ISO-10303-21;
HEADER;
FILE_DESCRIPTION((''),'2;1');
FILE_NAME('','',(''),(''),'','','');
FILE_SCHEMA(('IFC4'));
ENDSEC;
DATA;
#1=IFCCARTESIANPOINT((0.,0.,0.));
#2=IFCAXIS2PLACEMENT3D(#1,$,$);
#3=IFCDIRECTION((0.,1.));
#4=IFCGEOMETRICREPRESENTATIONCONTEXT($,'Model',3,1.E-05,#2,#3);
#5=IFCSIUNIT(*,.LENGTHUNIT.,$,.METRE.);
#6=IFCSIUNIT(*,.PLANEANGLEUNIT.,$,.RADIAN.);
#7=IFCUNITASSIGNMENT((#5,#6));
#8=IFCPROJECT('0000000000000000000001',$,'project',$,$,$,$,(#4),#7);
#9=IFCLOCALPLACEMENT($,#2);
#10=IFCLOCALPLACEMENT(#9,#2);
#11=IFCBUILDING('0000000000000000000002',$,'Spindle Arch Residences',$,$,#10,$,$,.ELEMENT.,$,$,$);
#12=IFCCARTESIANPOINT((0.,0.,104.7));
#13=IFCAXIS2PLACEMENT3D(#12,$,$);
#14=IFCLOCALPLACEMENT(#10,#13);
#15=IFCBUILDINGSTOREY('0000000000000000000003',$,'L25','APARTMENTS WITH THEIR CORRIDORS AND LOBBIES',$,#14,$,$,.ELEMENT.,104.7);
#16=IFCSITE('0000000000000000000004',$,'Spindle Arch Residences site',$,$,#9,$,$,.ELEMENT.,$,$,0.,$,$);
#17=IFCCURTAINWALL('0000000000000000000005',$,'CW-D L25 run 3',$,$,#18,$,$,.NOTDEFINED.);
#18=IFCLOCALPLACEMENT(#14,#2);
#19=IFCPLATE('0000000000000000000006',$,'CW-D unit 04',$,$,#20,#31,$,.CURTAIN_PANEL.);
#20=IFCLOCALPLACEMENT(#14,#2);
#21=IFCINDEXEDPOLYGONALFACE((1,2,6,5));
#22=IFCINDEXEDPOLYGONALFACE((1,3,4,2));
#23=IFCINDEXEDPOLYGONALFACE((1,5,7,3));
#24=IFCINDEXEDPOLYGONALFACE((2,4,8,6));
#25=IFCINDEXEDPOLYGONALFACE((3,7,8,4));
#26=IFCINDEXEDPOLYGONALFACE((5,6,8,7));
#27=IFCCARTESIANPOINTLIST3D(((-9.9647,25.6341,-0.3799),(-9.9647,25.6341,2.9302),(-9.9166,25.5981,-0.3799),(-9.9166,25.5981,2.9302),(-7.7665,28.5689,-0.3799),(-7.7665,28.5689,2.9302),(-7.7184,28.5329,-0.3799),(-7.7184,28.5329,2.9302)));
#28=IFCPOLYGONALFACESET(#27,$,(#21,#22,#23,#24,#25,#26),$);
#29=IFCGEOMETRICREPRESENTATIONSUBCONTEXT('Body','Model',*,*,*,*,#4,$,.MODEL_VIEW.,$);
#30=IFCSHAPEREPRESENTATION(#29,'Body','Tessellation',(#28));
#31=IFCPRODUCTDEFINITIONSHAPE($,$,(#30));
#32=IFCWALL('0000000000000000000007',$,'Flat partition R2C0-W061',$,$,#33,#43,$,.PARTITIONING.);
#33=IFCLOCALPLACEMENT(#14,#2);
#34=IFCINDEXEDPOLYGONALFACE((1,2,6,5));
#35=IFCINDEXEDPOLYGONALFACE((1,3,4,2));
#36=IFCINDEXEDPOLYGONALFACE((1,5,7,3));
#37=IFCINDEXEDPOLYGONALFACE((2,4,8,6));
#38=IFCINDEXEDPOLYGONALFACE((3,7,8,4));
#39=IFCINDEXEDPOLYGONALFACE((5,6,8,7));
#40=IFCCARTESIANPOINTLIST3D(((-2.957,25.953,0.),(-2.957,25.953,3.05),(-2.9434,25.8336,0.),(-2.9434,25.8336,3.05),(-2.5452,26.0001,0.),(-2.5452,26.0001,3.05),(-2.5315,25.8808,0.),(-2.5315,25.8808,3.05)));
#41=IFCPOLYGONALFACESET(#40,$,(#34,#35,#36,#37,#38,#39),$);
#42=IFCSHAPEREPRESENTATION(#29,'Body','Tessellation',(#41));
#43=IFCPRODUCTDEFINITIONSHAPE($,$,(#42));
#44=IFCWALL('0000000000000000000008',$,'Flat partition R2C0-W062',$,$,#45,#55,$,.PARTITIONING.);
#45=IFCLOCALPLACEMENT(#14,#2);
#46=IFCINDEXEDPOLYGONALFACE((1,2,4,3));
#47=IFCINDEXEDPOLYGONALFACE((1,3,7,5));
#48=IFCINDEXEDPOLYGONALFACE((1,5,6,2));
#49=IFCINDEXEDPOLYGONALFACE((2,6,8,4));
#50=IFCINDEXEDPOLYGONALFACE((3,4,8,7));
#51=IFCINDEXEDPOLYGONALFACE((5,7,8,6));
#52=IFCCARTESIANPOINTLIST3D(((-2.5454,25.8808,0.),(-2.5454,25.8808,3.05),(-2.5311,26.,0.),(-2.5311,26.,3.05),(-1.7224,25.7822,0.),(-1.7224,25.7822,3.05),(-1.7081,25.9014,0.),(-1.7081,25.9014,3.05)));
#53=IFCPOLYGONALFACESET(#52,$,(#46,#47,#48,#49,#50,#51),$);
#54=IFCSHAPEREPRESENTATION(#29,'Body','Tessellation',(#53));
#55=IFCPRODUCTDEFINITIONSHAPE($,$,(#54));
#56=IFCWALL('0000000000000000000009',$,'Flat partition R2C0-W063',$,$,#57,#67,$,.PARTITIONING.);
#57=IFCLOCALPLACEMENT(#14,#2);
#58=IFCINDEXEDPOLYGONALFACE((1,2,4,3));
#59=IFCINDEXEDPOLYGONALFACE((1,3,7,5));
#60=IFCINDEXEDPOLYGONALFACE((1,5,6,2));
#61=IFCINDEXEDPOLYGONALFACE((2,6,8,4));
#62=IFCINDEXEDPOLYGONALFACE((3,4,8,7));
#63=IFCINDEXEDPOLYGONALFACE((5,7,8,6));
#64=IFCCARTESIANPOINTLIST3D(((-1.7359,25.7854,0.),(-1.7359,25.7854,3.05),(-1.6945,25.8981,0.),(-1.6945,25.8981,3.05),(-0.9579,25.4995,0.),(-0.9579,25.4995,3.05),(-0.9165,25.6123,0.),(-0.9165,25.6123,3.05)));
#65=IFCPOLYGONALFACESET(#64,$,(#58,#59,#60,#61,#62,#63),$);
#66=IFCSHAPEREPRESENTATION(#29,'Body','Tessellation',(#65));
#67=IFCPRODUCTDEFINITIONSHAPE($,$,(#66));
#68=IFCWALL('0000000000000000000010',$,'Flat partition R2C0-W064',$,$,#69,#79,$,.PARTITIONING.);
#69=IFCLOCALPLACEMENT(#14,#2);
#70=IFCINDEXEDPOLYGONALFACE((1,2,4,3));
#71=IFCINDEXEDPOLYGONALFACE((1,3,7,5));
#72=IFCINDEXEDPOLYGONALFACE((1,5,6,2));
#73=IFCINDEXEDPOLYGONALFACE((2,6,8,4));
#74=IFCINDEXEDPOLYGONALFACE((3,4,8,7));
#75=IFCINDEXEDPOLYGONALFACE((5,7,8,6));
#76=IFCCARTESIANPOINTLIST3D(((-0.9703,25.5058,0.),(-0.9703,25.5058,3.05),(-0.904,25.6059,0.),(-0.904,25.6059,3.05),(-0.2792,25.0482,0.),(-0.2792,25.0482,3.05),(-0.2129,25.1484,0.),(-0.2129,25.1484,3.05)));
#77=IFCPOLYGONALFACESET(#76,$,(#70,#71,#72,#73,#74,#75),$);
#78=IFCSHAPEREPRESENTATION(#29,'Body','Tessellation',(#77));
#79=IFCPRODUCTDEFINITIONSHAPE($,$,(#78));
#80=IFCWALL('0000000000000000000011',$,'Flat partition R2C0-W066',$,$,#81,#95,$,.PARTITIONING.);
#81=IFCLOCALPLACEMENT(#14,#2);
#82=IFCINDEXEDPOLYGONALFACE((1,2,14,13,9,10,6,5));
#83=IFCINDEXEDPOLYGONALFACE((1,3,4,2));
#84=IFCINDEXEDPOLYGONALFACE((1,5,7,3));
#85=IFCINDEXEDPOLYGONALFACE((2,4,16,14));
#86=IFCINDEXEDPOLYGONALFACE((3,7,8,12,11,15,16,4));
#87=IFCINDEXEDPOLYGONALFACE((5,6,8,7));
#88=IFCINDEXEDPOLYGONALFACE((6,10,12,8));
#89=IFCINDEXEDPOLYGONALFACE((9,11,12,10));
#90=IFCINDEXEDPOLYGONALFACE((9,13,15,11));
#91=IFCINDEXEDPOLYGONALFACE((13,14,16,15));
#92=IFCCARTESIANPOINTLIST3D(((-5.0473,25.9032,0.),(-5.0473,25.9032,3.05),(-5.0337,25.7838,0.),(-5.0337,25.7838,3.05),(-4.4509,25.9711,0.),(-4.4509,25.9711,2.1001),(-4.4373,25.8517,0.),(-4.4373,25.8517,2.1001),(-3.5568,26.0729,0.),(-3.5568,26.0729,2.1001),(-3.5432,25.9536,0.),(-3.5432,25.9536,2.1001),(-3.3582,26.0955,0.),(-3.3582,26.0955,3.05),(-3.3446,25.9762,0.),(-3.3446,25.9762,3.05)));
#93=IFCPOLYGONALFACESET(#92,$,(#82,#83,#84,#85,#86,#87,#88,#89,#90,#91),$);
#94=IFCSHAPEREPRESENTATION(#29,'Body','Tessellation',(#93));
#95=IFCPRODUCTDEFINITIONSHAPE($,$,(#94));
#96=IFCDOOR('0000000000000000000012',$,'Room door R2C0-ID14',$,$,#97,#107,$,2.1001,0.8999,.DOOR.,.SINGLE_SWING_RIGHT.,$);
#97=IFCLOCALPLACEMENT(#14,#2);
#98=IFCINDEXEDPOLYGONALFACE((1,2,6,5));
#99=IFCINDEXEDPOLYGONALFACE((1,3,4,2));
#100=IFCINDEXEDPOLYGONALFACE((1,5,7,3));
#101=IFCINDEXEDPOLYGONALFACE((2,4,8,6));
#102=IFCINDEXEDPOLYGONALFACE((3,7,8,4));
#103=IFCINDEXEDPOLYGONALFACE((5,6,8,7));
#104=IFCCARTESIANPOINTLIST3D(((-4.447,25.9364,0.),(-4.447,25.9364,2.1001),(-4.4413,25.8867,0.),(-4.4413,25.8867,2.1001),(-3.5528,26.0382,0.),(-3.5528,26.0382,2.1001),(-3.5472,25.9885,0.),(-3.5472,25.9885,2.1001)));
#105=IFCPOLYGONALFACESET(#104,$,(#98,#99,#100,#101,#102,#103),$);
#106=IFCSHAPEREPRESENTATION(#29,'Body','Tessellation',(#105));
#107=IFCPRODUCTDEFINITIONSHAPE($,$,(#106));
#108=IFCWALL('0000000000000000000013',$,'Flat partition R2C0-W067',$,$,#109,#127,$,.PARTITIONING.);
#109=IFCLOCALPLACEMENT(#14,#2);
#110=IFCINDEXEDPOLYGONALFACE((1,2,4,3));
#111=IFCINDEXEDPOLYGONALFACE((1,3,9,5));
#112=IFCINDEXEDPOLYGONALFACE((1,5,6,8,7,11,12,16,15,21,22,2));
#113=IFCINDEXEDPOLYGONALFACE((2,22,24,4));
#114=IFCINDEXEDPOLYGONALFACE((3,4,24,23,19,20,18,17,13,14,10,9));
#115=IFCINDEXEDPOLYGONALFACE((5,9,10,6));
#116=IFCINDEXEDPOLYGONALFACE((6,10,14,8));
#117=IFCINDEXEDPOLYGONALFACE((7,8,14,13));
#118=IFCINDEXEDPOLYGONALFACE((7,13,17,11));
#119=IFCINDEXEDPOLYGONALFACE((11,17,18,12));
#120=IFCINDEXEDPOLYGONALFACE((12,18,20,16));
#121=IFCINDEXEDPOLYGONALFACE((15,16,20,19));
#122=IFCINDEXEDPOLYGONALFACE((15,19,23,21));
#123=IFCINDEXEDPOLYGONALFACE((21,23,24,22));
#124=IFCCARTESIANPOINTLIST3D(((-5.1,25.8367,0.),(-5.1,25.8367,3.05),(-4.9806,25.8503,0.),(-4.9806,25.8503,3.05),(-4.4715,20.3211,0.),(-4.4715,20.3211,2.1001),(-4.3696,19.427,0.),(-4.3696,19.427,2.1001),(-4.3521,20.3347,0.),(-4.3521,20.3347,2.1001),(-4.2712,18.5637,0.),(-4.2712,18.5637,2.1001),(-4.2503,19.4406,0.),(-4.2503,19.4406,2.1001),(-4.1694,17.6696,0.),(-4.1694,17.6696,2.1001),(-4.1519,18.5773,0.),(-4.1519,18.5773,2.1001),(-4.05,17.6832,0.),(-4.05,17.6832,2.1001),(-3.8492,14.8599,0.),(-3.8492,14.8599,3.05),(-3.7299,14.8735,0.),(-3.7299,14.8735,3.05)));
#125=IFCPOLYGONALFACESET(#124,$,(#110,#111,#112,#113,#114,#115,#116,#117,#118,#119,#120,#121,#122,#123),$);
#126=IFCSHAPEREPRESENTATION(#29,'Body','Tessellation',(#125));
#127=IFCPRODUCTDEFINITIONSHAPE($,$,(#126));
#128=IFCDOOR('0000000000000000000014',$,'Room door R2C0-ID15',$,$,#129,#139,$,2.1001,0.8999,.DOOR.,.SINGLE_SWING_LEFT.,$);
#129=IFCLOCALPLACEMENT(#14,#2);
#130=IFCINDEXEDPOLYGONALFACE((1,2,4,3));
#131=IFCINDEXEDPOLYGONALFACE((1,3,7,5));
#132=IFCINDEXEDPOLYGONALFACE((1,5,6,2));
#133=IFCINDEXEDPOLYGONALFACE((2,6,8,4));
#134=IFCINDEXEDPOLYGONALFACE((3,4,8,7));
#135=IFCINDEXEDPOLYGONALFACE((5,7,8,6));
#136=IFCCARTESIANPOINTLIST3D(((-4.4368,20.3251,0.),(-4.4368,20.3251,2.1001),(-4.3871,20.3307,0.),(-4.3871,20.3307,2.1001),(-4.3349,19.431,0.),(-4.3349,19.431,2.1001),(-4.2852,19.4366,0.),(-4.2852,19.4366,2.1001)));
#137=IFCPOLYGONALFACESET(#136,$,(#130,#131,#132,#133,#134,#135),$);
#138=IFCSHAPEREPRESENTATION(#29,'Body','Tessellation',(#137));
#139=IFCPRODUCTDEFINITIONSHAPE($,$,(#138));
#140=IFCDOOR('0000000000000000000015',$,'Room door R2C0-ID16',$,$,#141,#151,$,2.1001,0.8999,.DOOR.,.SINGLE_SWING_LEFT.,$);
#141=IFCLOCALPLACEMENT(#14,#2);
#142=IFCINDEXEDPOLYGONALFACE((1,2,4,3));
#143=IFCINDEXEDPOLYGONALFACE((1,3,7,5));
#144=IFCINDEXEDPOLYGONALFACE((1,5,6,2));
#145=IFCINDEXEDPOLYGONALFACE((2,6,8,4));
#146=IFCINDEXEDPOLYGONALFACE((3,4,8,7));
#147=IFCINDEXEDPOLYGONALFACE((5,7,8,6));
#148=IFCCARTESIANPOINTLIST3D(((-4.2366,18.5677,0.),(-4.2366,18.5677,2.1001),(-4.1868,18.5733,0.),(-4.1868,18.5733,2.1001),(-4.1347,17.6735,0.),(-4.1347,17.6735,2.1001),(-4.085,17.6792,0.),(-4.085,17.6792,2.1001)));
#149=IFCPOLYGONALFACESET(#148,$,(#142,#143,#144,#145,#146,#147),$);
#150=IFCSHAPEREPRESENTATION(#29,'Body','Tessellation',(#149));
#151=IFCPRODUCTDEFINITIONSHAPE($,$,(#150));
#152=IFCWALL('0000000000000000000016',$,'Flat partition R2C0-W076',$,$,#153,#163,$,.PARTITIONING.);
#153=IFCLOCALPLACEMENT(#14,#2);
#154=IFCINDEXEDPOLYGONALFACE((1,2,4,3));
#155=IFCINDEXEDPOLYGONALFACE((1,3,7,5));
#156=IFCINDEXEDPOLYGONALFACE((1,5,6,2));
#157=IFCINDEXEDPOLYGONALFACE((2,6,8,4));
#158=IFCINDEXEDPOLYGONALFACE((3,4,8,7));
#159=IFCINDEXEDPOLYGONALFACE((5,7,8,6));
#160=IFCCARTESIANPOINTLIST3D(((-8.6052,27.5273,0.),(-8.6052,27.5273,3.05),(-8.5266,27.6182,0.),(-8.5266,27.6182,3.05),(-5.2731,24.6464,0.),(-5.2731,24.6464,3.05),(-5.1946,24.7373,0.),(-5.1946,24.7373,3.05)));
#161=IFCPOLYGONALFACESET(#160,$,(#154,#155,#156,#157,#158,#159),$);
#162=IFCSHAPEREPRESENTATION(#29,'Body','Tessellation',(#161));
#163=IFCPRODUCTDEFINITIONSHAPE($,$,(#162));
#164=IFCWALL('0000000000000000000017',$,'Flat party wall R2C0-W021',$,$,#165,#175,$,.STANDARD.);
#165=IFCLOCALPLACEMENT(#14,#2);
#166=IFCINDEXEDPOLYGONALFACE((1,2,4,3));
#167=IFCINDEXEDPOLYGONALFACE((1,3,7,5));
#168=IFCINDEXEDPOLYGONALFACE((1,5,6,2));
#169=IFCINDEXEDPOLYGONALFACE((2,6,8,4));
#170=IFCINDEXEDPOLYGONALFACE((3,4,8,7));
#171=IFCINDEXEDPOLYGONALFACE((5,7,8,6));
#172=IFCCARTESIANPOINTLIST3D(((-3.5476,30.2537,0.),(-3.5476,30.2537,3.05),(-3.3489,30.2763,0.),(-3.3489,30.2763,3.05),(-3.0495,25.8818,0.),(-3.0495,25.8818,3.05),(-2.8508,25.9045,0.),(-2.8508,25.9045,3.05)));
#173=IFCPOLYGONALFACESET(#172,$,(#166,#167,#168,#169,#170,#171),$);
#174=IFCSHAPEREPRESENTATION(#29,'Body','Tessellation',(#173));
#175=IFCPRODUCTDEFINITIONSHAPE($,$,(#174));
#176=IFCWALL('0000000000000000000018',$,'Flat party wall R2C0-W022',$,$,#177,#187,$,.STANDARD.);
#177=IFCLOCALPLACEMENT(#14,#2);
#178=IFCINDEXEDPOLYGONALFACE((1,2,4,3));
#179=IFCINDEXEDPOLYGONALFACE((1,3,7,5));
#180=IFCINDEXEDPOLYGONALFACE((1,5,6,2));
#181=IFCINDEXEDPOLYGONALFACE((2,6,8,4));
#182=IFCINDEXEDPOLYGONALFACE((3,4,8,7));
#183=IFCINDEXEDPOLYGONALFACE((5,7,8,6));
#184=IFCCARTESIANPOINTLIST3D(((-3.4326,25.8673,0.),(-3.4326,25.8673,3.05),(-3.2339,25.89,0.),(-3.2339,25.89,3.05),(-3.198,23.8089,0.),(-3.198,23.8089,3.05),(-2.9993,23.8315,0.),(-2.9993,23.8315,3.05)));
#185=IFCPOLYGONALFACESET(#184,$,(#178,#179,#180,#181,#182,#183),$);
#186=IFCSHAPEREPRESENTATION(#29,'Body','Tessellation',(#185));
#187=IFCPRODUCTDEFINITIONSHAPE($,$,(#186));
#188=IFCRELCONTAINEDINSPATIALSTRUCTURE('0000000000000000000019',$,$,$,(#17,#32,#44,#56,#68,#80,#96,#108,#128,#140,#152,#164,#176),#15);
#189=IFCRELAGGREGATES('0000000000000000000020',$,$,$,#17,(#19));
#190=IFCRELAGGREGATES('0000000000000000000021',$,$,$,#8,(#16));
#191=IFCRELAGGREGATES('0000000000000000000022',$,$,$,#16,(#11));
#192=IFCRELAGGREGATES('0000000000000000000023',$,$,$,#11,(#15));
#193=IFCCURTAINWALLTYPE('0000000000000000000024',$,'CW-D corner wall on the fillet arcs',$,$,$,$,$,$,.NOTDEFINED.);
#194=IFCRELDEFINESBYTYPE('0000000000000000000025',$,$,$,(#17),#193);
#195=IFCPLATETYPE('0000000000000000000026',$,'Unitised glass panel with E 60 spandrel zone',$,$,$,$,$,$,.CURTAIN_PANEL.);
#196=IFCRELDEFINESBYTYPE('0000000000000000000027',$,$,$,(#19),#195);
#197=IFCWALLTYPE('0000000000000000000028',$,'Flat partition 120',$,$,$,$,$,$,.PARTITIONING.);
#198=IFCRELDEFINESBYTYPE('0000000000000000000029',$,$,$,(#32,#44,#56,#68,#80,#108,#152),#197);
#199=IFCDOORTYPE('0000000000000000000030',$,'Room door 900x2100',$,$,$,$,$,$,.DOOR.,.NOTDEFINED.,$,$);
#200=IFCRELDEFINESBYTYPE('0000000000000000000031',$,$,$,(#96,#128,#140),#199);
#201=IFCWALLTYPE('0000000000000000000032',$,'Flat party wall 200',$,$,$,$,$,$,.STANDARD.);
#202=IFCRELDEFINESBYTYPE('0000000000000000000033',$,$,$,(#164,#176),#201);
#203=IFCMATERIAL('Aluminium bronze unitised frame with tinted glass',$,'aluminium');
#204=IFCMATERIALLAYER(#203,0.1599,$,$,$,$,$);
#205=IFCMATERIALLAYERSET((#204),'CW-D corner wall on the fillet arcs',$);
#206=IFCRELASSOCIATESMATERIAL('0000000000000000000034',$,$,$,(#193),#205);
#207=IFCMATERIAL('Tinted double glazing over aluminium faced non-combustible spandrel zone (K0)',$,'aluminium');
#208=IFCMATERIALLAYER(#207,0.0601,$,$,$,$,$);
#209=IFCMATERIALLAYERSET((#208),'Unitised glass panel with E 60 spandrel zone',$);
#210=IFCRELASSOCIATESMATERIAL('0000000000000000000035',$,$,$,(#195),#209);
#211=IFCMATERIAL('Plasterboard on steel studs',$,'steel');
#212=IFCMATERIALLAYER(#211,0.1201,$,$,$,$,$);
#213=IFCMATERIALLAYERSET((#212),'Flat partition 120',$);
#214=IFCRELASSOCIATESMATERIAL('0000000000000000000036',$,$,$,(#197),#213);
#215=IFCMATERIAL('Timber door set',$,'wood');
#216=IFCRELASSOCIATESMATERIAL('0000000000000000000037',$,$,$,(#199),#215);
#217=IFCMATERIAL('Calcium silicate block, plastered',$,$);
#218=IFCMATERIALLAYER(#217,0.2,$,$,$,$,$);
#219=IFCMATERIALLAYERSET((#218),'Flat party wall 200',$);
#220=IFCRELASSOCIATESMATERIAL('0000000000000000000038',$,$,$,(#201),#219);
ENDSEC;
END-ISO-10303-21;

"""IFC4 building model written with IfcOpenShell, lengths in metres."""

from ifc_helpers import new_model, si_unit, direction, frame, frame_2d, origin, origin_2d, place, context, subcontext, project, spatial, rectangle, extrude, material, layer, layer_set, type_object, element, fill, aggregate, save


model = new_model("IFC4")

# Units and contexts
model_context = context("Model", 3, precision=1e-05, world=origin(), true_north=direction((0.0, 1.0)))
body_context = subcontext(model_context, "Body", "Model", "MODEL_VIEW")
ifc_project = project(units=[si_unit("LENGTHUNIT", "METRE"), si_unit("PLANEANGLEUNIT", "RADIAN")], contexts=[model_context])

# Site, building, storey
site_placement = place(None, origin())
site = spatial("IfcSite", under=ifc_project, at=site_placement, Name="Spindle Arch Residences site", CompositionType="ELEMENT", RefElevation=0.0)
building_placement = place(site_placement, origin())
building = spatial("IfcBuilding", under=site, at=building_placement, Name="Spindle Arch Residences", CompositionType="ELEMENT")
storey_placement = place(building_placement, frame((0.0, 0.0, 104.7)))
storey = spatial("IfcBuildingStorey", under=building, at=storey_placement, Name="L25", Description="APARTMENTS WITH THEIR CORRIDORS AND LOBBIES", CompositionType="ELEMENT", Elevation=104.7)

# Curtain wall
ifc_material_1 = material(Name="Aluminium bronze unitised frame with tinted glass", Category="aluminium")
ifc_layer_1 = layer(ifc_material_1, 0.1599)
ifc_layer_set_1 = layer_set([ifc_layer_1], Name="CW-D corner wall on the fillet arcs")
curtain_wall_type = type_object("IfcCurtainWallType", Name="CW-D corner wall on the fillet arcs", PredefinedType="NOTDEFINED", material=ifc_layer_set_1)
curtain_wall_placement = place(storey_placement, origin())
curtain_wall = element("IfcCurtainWall", 1, at=curtain_wall_placement, inside=storey, type_object=curtain_wall_type, Name="CW-D L25 run 3", PredefinedType="NOTDEFINED")

# Plate
ifc_material_2 = material(Name="Tinted double glazing over aluminium faced non-combustible spandrel zone (K0)", Category="aluminium")
ifc_layer_2 = layer(ifc_material_2, 0.0601)
ifc_layer_set_2 = layer_set([ifc_layer_2], Name="Unitised glass panel with E 60 spandrel zone")
plate_type = type_object("IfcPlateType", Name="Unitised glass panel with E 60 spandrel zone", PredefinedType="CURTAIN_PANEL", material=ifc_layer_set_2)
plate_1_placement = place(storey_placement, frame((-8.8416, 27.0835, -0.3799), z_axis=(0.0, 0.0, 1.0), x_axis=(-0.599489, -0.800383, 0.0)))
plate_1 = element("IfcPlate", 2, at=plate_1_placement, type_object=plate_type, Name="CW-D unit 04", PredefinedType="CURTAIN_PANEL", context=body_context, shape_type="SweptSolid", body=[
    extrude(rectangle(XDim=3.6667, YDim=0.0601, at=origin_2d()), origin(), (0.0, 0.0, 1.0), 3.3101),
])
aggregate(curtain_wall, [plate_1])

# Walls
ifc_material_3 = material(Name="Plasterboard on steel studs", Category="steel")
ifc_layer_3 = layer(ifc_material_3, 0.1201)
ifc_layer_set_3 = layer_set([ifc_layer_3], Name="Flat partition 120")
wall_type_1 = type_object("IfcWallType", Name="Flat partition 120", PredefinedType="PARTITIONING", material=ifc_layer_set_3)
wall_1_placement = place(storey_placement, frame((-2.9502, 25.8933, 0.0), z_axis=(0.0, 0.0, 1.0), x_axis=(0.993519, 0.113663, 0.0)))
element("IfcWall", 3, at=wall_1_placement, inside=storey, type_object=wall_type_1, Name="Flat partition R2C0-W061", PredefinedType="PARTITIONING", context=body_context, shape_type="SweptSolid", body=[
    extrude(rectangle(XDim=0.4146, YDim=0.1201, at=frame_2d((0.2073, 0.0))), origin(), (0.0, 0.0, 1.0), 3.05),
])
for number, where, z_axis, x_axis, name in (
    (4, (-2.5383, 25.9404, 0.0), (0.0, 0.0, 1.0), (0.992895, -0.118994, 0.0), "Flat partition R2C0-W062"),
    (5, (-1.7153, 25.8418, 0.0), (0.0, 0.0, 1.0), (0.938644, -0.344886, 0.0), "Flat partition R2C0-W063"),
    (6, (-0.9373, 25.5559, 0.0), (0.0, 0.0, 1.0), (0.833858, -0.551978, 0.0), "Flat partition R2C0-W064"),
):
    element("IfcWall", number, at=place(storey_placement, frame(where, z_axis=z_axis, x_axis=x_axis)), inside=storey, type_object=wall_type_1, Name=name, PredefinedType="PARTITIONING", context=body_context, shape_type="SweptSolid", body=[
        extrude(rectangle(XDim=0.8289, YDim=0.1201, at=frame_2d((0.4146, 0.0))), origin(), (0.0, 0.0, 1.0), 3.05),
    ])

# Wall, opening, door
wall_2_placement = place(storey_placement, frame((-3.3513, 26.0359, 0.0), z_axis=(0.0, 0.0, 1.0), x_axis=(-0.993575, -0.113174, 0.0)))
wall_2 = element("IfcWall", 7, at=wall_2_placement, inside=storey, type_object=wall_type_1, Name="Flat partition R2C0-W066", PredefinedType="PARTITIONING", context=body_context, shape_type="SweptSolid", body=[
    extrude(rectangle(XDim=1.7, YDim=0.1201, at=frame_2d((0.8501, 0.0))), origin(), (0.0, 0.0, 1.0), 3.05),
])
opening_1_placement = place(wall_2_placement, frame((0.2, 0.0, 0.0)))
opening_1 = element("IfcOpeningElement", 8, at=opening_1_placement, cuts=wall_2, PredefinedType="OPENING", context=body_context, shape_type="SweptSolid", body=[
    extrude(rectangle(XDim=0.8999, YDim=2.1001, at=frame_2d((0.45, 1.05))), frame((0.0, 0.0701, 0.0), z_axis=(0.0, -1.0, 0.0), x_axis=(1.0, 0.0, 0.0)), (0.0, 0.0, 1.0), 0.1401),
])
ifc_material_4 = material(Name="Timber door set", Category="wood")
door_type = type_object("IfcDoorType", Name="Room door 900x2100", OperationType="NOTDEFINED", PredefinedType="DOOR", material=ifc_material_4)
door_1_placement = place(opening_1_placement, origin())
door_1 = element("IfcDoor", 9, at=door_1_placement, inside=storey, type_object=door_type, Name="Room door R2C0-ID14", OperationType="SINGLE_SWING_RIGHT", OverallHeight=2.1001, OverallWidth=0.8999, PredefinedType="DOOR", context=body_context, shape_type="SweptSolid", body=[
    extrude(rectangle(XDim=0.8999, YDim=2.1001, at=frame_2d((0.45, 1.05))), frame((0.0, 0.0249, 0.0), z_axis=(0.0, -1.0, 0.0), x_axis=(1.0, 0.0, 0.0)), (0.0, 0.0, 1.0), 0.05),
])
fill(opening_1, door_1)

# Wall, openings, doors
wall_3_placement = place(storey_placement, frame((-5.0403, 25.8435, 0.0), z_axis=(0.0, 0.0, 1.0), x_axis=(0.113211, -0.993571, 0.0)))
wall_3 = element("IfcWall", 10, at=wall_3_placement, inside=storey, type_object=wall_type_1, Name="Flat partition R2C0-W067", PredefinedType="PARTITIONING", context=body_context, shape_type="SweptSolid", body=[
    extrude(rectangle(XDim=11.0479, YDim=0.1201, at=frame_2d((5.5239, 0.0))), origin(), (0.0, 0.0, 1.0), 3.05),
])
opening_2_placement = place(wall_3_placement, frame((5.5513, 0.0, 0.0)))
opening_2 = element("IfcOpeningElement", 11, at=opening_2_placement, cuts=wall_3, PredefinedType="OPENING", context=body_context, shape_type="SweptSolid", body=[
    extrude(rectangle(XDim=0.8999, YDim=2.1001, at=frame_2d((0.45, 1.05))), frame((0.0, 0.0701, 0.0), z_axis=(0.0, -1.0, 0.0), x_axis=(1.0, 0.0, 0.0)), (0.0, 0.0, 1.0), 0.1401),
])
opening_3_placement = place(wall_3_placement, frame((7.3201, 0.0, 0.0)))
opening_3 = element("IfcOpeningElement", 12, at=opening_3_placement, cuts=wall_3, PredefinedType="OPENING", context=body_context, shape_type="SweptSolid", body=[
    extrude(rectangle(XDim=0.8999, YDim=2.1001, at=frame_2d((0.45, 1.05))), frame((0.0, 0.0701, 0.0), z_axis=(0.0, -1.0, 0.0), x_axis=(1.0, 0.0, 0.0)), (0.0, 0.0, 1.0), 0.1401),
])
door_2_placement = place(opening_2_placement, origin())
door_2 = element("IfcDoor", 13, at=door_2_placement, inside=storey, type_object=door_type, Name="Room door R2C0-ID15", OperationType="SINGLE_SWING_LEFT", OverallHeight=2.1001, OverallWidth=0.8999, PredefinedType="DOOR", context=body_context, shape_type="SweptSolid", body=[
    extrude(rectangle(XDim=0.8999, YDim=2.1001, at=frame_2d((0.45, 1.05))), frame((0.0, 0.0249, 0.0), z_axis=(0.0, -1.0, 0.0), x_axis=(1.0, 0.0, 0.0)), (0.0, 0.0, 1.0), 0.05),
])
fill(opening_2, door_2)
door_3_placement = place(opening_3_placement, origin())
door_3 = element("IfcDoor", 14, at=door_3_placement, inside=storey, type_object=door_type, Name="Room door R2C0-ID16", OperationType="SINGLE_SWING_LEFT", OverallHeight=2.1001, OverallWidth=0.8999, PredefinedType="DOOR", context=body_context, shape_type="SweptSolid", body=[
    extrude(rectangle(XDim=0.8999, YDim=2.1001, at=frame_2d((0.45, 1.05))), frame((0.0, 0.0249, 0.0), z_axis=(0.0, -1.0, 0.0), x_axis=(1.0, 0.0, 0.0)), (0.0, 0.0, 1.0), 0.05),
])
fill(opening_3, door_3)

# Walls
wall_4_placement = place(storey_placement, frame((-8.5659, 27.5728, 0.0), z_axis=(0.0, 0.0, 1.0), x_axis=(0.756464, -0.654035, 0.0)))
element("IfcWall", 15, at=wall_4_placement, inside=storey, type_object=wall_type_1, Name="Flat partition R2C0-W076", PredefinedType="PARTITIONING", context=body_context, shape_type="SweptSolid", body=[
    extrude(rectangle(XDim=4.4048, YDim=0.1201, at=frame_2d((2.2024, 0.0))), origin(), (0.0, 0.0, 1.0), 3.05),
])
ifc_material_5 = material(Name="Calcium silicate block, plastered")
ifc_layer_4 = layer(ifc_material_5, 0.2)
ifc_layer_set_4 = layer_set([ifc_layer_4], Name="Flat party wall 200")
wall_type_2 = type_object("IfcWallType", Name="Flat party wall 200", PredefinedType="STANDARD", material=ifc_layer_set_4)
wall_5_placement = place(storey_placement, frame((-3.4482, 30.2651, 0.0), z_axis=(0.0, 0.0, 1.0), x_axis=(0.11319, -0.993573, 0.0)))
element("IfcWall", 16, at=wall_5_placement, inside=storey, type_object=wall_type_2, Name="Flat party wall R2C0-W021", PredefinedType="STANDARD", context=body_context, shape_type="SweptSolid", body=[
    extrude(rectangle(XDim=4.4001, YDim=0.2, at=frame_2d((2.2002, 0.0))), origin(), (0.0, 0.0, 1.0), 3.05),
])
wall_6_placement = place(storey_placement, frame((-3.3333, 25.8787, 0.0), z_axis=(0.0, 0.0, 1.0), x_axis=(0.113251, -0.993566, 0.0)))
element("IfcWall", 17, at=wall_6_placement, inside=storey, type_object=wall_type_2, Name="Flat party wall R2C0-W022", PredefinedType="STANDARD", context=body_context, shape_type="SweptSolid", body=[
    extrude(rectangle(XDim=2.0718, YDim=0.2, at=frame_2d((1.0359, 0.0))), origin(), (0.0, 0.0, 1.0), 3.05),
])

save(model, "model.ifc")
